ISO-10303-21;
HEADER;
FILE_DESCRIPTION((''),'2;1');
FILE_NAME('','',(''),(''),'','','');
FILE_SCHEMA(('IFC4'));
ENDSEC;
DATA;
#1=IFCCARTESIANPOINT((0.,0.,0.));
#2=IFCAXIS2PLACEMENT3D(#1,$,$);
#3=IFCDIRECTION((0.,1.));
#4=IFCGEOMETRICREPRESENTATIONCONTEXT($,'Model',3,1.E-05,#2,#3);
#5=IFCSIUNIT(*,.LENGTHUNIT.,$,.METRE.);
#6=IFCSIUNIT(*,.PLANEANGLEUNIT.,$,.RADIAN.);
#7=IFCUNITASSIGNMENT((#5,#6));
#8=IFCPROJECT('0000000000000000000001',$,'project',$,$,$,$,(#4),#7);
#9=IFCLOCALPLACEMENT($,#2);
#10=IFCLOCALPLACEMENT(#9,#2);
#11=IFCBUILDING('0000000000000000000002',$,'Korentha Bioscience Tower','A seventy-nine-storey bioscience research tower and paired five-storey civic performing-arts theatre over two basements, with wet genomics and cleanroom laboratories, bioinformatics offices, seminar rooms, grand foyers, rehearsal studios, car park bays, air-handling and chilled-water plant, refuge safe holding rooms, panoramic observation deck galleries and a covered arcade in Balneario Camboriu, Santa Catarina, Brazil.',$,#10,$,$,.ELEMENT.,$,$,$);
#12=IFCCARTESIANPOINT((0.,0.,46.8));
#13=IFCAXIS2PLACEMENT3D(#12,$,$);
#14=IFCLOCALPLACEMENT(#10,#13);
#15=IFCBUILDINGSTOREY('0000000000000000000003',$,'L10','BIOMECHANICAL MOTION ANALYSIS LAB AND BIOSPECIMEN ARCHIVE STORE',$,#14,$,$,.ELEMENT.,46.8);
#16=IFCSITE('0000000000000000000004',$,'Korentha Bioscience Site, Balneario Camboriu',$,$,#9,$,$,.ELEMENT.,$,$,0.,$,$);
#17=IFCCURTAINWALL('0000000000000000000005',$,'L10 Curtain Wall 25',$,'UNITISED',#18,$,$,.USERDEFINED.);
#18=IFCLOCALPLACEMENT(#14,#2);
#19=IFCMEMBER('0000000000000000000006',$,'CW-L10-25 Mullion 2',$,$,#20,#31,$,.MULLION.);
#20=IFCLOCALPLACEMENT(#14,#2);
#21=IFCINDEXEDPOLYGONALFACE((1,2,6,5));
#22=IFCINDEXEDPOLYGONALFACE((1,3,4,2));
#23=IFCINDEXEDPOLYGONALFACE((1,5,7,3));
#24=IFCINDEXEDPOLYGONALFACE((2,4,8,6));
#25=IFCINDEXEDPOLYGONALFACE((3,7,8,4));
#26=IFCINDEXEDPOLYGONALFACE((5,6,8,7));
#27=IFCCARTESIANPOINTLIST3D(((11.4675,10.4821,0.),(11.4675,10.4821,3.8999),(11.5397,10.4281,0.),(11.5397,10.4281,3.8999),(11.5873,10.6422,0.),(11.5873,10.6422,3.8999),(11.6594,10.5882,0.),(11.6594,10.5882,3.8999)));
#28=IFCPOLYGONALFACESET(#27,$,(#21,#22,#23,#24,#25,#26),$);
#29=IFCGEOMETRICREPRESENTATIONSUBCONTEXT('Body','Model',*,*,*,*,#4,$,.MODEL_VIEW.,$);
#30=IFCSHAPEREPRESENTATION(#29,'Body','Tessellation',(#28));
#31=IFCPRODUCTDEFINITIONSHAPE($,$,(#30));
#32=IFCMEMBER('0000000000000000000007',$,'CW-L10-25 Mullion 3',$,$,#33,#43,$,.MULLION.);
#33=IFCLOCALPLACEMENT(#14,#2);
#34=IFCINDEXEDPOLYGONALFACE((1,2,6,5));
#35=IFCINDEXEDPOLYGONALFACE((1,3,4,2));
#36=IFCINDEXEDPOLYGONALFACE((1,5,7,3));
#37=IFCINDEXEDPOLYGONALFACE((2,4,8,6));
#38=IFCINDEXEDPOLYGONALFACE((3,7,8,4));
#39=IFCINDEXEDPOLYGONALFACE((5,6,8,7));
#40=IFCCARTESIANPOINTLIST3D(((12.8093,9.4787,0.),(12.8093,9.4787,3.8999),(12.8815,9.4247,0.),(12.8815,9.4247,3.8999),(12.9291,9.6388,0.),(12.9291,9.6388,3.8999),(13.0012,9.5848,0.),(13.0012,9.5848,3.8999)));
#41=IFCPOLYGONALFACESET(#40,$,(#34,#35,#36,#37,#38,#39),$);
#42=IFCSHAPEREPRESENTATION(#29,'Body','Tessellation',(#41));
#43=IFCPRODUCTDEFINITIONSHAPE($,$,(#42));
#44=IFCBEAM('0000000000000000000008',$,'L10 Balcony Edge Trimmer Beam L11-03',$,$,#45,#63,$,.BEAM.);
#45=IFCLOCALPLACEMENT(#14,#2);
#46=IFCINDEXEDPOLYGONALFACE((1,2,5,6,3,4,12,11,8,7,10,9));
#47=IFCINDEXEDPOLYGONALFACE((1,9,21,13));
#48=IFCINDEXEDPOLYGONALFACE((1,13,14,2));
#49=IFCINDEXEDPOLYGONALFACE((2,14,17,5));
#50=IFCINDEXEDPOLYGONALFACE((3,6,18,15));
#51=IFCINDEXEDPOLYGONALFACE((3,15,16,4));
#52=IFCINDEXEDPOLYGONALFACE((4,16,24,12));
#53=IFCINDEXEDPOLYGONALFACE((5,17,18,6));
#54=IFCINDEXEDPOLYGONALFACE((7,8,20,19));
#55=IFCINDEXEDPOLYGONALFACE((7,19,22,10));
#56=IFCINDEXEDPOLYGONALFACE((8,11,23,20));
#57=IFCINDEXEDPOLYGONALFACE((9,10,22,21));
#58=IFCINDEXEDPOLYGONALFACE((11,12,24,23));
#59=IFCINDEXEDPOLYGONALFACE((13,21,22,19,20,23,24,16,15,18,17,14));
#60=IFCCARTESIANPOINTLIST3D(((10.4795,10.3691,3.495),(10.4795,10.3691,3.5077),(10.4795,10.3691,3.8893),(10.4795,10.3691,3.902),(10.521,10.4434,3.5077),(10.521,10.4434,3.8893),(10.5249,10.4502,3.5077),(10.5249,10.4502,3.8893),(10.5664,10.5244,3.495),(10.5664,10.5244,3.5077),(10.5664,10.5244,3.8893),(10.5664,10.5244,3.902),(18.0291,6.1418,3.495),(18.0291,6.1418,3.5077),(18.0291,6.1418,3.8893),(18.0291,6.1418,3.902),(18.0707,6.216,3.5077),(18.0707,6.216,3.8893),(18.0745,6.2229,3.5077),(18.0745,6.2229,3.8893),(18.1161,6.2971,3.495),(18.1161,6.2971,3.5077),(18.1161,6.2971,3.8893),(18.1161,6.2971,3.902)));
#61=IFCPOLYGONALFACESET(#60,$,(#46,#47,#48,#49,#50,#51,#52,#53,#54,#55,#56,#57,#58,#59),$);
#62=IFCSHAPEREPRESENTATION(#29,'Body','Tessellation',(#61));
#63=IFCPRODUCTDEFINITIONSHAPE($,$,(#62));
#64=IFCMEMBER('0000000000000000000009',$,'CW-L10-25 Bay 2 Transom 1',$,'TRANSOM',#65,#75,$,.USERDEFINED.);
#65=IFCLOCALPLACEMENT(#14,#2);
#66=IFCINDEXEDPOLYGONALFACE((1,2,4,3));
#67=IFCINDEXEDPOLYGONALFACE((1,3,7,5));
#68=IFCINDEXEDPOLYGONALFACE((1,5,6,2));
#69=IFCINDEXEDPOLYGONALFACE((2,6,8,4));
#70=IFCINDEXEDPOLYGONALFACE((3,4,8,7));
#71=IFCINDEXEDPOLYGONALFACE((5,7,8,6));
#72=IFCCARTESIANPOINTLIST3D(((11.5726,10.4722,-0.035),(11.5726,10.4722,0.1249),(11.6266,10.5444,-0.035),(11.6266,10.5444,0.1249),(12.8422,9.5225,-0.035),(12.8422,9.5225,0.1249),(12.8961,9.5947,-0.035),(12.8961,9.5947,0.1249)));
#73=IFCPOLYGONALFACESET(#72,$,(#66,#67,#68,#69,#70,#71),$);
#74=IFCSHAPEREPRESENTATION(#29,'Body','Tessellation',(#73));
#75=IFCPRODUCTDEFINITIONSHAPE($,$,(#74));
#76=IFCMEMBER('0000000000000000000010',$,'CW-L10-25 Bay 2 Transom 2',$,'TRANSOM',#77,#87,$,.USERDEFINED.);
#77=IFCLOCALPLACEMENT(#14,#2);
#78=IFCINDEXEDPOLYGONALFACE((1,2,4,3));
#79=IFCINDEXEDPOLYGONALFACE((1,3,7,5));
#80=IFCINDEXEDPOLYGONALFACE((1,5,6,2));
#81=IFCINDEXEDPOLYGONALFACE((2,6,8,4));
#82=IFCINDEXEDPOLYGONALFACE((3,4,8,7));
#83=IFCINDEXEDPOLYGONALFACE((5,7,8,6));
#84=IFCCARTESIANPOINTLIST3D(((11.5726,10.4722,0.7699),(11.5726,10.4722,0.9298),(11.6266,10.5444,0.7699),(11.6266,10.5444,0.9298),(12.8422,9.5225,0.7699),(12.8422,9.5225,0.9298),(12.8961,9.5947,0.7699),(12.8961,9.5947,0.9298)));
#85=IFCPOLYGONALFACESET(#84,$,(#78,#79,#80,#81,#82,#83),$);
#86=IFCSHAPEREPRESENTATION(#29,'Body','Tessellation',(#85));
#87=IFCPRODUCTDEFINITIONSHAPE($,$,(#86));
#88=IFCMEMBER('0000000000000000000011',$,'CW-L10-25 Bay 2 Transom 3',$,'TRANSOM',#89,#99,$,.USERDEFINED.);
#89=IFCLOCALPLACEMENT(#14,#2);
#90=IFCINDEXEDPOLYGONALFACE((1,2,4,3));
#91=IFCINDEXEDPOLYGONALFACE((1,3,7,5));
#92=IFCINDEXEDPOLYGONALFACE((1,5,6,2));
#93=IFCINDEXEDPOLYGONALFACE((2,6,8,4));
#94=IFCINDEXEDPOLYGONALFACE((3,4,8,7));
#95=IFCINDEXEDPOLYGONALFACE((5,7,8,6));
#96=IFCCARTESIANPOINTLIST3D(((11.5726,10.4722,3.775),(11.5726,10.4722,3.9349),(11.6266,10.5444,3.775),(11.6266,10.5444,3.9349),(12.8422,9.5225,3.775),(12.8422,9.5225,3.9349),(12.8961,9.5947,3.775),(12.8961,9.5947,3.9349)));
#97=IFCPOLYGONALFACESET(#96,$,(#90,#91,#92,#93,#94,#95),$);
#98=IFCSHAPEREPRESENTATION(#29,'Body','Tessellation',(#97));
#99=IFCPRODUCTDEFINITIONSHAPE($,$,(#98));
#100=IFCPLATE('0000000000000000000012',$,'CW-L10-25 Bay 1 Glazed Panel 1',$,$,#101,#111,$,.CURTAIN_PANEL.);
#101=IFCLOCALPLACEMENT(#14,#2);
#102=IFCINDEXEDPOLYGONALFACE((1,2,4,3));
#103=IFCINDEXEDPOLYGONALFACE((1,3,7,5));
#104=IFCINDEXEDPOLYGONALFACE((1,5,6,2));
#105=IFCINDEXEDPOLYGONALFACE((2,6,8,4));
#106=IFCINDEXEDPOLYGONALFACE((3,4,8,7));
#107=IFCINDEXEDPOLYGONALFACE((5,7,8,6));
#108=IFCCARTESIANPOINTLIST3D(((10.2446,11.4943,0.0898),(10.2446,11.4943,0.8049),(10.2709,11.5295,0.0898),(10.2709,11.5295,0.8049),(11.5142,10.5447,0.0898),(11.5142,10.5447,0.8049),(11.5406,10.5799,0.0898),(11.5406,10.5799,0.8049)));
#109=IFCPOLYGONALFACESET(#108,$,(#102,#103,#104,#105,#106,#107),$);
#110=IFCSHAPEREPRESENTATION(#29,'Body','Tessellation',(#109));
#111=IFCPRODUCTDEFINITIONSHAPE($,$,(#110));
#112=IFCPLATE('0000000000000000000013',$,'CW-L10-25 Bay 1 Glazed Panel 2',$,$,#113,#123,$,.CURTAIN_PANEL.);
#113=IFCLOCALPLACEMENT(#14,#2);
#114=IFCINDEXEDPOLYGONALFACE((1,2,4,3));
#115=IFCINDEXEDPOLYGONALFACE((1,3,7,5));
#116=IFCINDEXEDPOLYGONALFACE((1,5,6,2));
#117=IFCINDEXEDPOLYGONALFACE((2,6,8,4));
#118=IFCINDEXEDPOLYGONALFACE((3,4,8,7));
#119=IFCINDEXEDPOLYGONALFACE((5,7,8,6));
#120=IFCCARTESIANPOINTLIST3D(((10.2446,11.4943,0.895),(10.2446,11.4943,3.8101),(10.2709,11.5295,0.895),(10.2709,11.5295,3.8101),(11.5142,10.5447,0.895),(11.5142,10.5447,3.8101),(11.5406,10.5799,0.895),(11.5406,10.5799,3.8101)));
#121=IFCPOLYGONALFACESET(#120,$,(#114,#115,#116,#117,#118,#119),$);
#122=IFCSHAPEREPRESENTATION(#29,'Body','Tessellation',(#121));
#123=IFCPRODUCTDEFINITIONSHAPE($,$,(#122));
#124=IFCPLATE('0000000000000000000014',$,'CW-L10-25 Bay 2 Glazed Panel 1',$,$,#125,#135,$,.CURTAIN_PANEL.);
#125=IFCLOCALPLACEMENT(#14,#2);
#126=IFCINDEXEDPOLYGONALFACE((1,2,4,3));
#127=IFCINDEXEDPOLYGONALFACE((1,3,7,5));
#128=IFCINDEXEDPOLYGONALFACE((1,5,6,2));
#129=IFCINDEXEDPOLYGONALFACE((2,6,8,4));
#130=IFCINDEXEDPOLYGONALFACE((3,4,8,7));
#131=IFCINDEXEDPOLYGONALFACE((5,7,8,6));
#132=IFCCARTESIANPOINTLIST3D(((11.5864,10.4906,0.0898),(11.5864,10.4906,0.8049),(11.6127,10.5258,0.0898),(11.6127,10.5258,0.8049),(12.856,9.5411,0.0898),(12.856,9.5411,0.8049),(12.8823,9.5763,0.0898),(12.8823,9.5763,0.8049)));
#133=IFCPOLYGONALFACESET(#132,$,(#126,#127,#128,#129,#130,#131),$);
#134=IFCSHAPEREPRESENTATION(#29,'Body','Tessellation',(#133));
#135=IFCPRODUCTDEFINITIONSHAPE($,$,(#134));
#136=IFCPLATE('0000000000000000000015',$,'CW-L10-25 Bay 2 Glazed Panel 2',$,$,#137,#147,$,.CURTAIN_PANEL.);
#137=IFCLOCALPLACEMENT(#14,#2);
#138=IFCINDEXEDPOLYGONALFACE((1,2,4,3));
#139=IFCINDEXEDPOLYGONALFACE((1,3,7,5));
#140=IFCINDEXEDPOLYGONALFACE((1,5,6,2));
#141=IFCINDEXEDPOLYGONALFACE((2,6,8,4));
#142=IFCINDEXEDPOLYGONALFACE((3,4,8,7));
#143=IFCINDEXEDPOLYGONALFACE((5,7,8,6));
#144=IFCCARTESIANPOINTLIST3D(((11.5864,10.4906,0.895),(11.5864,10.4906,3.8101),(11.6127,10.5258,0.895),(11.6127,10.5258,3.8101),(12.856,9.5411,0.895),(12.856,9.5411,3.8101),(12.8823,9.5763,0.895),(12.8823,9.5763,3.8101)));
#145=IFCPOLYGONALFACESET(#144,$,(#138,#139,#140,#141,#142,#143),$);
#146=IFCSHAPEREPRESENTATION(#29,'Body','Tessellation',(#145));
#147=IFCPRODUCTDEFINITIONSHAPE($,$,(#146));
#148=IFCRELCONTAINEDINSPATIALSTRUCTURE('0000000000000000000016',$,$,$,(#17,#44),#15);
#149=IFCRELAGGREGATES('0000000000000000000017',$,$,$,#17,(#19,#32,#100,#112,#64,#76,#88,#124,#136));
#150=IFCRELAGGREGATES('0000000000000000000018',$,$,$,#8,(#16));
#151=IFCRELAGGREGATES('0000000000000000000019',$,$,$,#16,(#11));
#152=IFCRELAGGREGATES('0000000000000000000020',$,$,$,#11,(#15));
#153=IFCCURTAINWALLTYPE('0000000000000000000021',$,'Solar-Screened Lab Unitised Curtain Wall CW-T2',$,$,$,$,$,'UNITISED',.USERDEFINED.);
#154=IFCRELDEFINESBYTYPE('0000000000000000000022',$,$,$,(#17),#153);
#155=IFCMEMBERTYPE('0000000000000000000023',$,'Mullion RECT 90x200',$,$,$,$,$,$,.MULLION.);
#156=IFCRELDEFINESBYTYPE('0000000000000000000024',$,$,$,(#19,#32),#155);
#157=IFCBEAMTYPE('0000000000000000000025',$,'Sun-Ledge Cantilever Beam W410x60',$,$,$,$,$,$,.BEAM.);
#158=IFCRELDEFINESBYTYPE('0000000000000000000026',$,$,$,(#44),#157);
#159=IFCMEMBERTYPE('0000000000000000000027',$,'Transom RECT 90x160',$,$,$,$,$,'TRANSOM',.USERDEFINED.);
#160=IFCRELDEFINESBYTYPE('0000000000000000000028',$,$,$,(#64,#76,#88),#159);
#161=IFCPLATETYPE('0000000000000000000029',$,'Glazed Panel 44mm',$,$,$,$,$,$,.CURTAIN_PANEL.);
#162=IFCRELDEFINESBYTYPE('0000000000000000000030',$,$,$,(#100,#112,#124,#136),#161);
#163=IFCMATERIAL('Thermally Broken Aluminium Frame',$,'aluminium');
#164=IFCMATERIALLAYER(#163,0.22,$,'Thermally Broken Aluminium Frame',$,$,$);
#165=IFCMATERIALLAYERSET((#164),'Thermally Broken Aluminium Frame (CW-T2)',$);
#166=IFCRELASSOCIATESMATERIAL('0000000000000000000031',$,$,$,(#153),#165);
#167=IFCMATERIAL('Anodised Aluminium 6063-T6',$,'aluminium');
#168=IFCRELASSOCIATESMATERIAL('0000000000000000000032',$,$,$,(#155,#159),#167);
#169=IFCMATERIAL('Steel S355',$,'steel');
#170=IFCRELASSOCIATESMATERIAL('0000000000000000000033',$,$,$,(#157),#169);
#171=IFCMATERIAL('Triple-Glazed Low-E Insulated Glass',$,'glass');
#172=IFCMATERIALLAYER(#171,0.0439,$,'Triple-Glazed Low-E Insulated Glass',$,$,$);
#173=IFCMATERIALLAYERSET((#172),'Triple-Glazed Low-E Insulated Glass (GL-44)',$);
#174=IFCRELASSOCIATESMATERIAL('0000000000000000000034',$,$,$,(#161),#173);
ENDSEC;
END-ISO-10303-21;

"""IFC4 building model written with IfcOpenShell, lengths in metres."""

from ifc_helpers import new_model, si_unit, direction, frame, origin, origin_2d, place, context, subcontext, project, spatial, rectangle, i_section, extrude, material, layer, layer_set, material_profile, profile_set, type_object, element, aggregate, save


model = new_model("IFC4")

# Units and contexts
model_context = context("Model", 3, precision=1e-05, world=origin(), true_north=direction((0.0, 1.0)))
body_context = subcontext(model_context, "Body", "Model", "MODEL_VIEW")
ifc_project = project(units=[si_unit("LENGTHUNIT", "METRE"), si_unit("PLANEANGLEUNIT", "RADIAN")], contexts=[model_context])

# Site, building, storey
site_placement = place(None, origin())
site = spatial("IfcSite", under=ifc_project, at=site_placement, Name="Korentha Bioscience Site, Balneario Camboriu", CompositionType="ELEMENT", RefElevation=0.0)
building_placement = place(site_placement, origin())
building = spatial("IfcBuilding", under=site, at=building_placement, Name="Korentha Bioscience Tower", Description="A seventy-nine-storey bioscience research tower and paired five-storey civic performing-arts theatre over two basements, with wet genomics and cleanroom laboratories, bioinformatics offices, seminar rooms, grand foyers, rehearsal studios, car park bays, air-handling and chilled-water plant, refuge safe holding rooms, panoramic observation deck galleries and a covered arcade in Balneario Camboriu, Santa Catarina, Brazil.", CompositionType="ELEMENT")
storey_placement = place(building_placement, frame((0.0, 0.0, 46.8)))
storey = spatial("IfcBuildingStorey", under=building, at=storey_placement, Name="L10", Description="BIOMECHANICAL MOTION ANALYSIS LAB AND BIOSPECIMEN ARCHIVE STORE", CompositionType="ELEMENT", Elevation=46.8)

# Curtain wall, members
ifc_material_1 = material(Name="Thermally Broken Aluminium Frame", Category="aluminium")
ifc_layer_1 = layer(ifc_material_1, 0.22, Name="Thermally Broken Aluminium Frame")
ifc_layer_set_1 = layer_set([ifc_layer_1], Name="Thermally Broken Aluminium Frame (CW-T2)")
curtain_wall_type = type_object("IfcCurtainWallType", Name="Solar-Screened Lab Unitised Curtain Wall CW-T2", ElementType="UNITISED", PredefinedType="USERDEFINED", material=ifc_layer_set_1)
curtain_wall_placement = place(storey_placement, origin())
curtain_wall = element("IfcCurtainWall", 1, at=curtain_wall_placement, inside=storey, type_object=curtain_wall_type, Name="L10 Curtain Wall 25", ObjectType="UNITISED", PredefinedType="USERDEFINED")
ifc_material_2 = material(Name="Anodised Aluminium 6063-T6", Category="aluminium")
ifc_material_profile_1 = material_profile(ifc_material_2, rectangle(XDim=0.0901, YDim=0.2, at=origin_2d()), Name="Anodised Aluminium 6063-T6")
ifc_profile_set_1 = profile_set([ifc_material_profile_1], Name="Anodised Aluminium 6063-T6 (CW-MUL)")
member_type_1 = type_object("IfcMemberType", Name="Mullion RECT 90x200", PredefinedType="MULLION", material=ifc_profile_set_1)
member_1_placement = place(storey_placement, frame((11.5635, 10.5352, 0.0), z_axis=(0.0, 0.0, 1.0), x_axis=(0.800798, -0.598935, 0.0)))
member_1 = element("IfcMember", 2, at=member_1_placement, type_object=member_type_1, Name="CW-L10-25 Mullion 2", PredefinedType="MULLION", context=body_context, shape_type="SweptSolid", body=[
    extrude(rectangle(XDim=0.0901, YDim=0.2, at=origin_2d()), origin(), (0.0, 0.0, 1.0), 3.8999),
])
member_2_placement = place(storey_placement, frame((12.9053, 9.5317, 0.0), z_axis=(0.0, 0.0, 1.0), x_axis=(0.800798, -0.598935, 0.0)))
member_2 = element("IfcMember", 3, at=member_2_placement, type_object=member_type_1, Name="CW-L10-25 Mullion 3", PredefinedType="MULLION", context=body_context, shape_type="SweptSolid", body=[
    extrude(rectangle(XDim=0.0901, YDim=0.2, at=origin_2d()), origin(), (0.0, 0.0, 1.0), 3.8999),
])

# Beam
ifc_material_3 = material(Name="Steel S355", Category="steel")
ifc_material_profile_2 = material_profile(ifc_material_3, i_section(OverallWidth=0.178, OverallDepth=0.407, WebThickness=0.0078, FlangeThickness=0.0127, at=origin_2d()), Name="Steel S355")
ifc_profile_set_2 = profile_set([ifc_material_profile_2], Name="Steel S355 (CB-410)")
beam_type = type_object("IfcBeamType", Name="Sun-Ledge Cantilever Beam W410x60", PredefinedType="BEAM", material=ifc_profile_set_2)
beam_placement = place(storey_placement, frame((10.5229, 10.4468, 3.6985), z_axis=(0.872529, -0.488563, 0.0), x_axis=(0.488563, 0.872529, 0.0)))
element("IfcBeam", 4, at=beam_placement, inside=storey, type_object=beam_type, Name="L10 Balcony Edge Trimmer Beam L11-03", PredefinedType="BEAM", context=body_context, shape_type="SweptSolid", body=[
    extrude(i_section(OverallWidth=0.178, OverallDepth=0.407, WebThickness=0.0078, FlangeThickness=0.0127, at=origin_2d()), origin(), (0.0, 0.0, 1.0), 8.6526),
])

# Members
ifc_material_profile_3 = material_profile(ifc_material_2, rectangle(XDim=0.0901, YDim=0.1599, at=origin_2d()), Name="Anodised Aluminium 6063-T6")
ifc_profile_set_3 = profile_set([ifc_material_profile_3], Name="Anodised Aluminium 6063-T6 (CW-TRN)")
member_type_2 = type_object("IfcMemberType", Name="Transom RECT 90x160", ElementType="TRANSOM", PredefinedType="USERDEFINED", material=ifc_profile_set_3)
member_3_placement = place(storey_placement, frame((11.5996, 10.5083, 0.0449), z_axis=(0.800739, -0.599014, 0.0), x_axis=(0.599014, 0.800739, 0.0)))
member_3 = element("IfcMember", 5, at=member_3_placement, type_object=member_type_2, Name="CW-L10-25 Bay 2 Transom 1", ObjectType="TRANSOM", PredefinedType="USERDEFINED", context=body_context, shape_type="SweptSolid", body=[
    extrude(rectangle(XDim=0.0901, YDim=0.1599, at=origin_2d()), origin(), (0.0, 0.0, 1.0), 1.5854),
])
member_4_placement = place(storey_placement, frame((11.5996, 10.5083, 0.8499), z_axis=(0.800739, -0.599014, 0.0), x_axis=(0.599014, 0.800739, 0.0)))
member_4 = element("IfcMember", 6, at=member_4_placement, type_object=member_type_2, Name="CW-L10-25 Bay 2 Transom 2", ObjectType="TRANSOM", PredefinedType="USERDEFINED", context=body_context, shape_type="SweptSolid", body=[
    extrude(rectangle(XDim=0.0901, YDim=0.1599, at=origin_2d()), origin(), (0.0, 0.0, 1.0), 1.5854),
])
member_5_placement = place(storey_placement, frame((11.5996, 10.5083, 3.855), z_axis=(0.800739, -0.599014, 0.0), x_axis=(0.599014, 0.800739, 0.0)))
member_5 = element("IfcMember", 7, at=member_5_placement, type_object=member_type_2, Name="CW-L10-25 Bay 2 Transom 3", ObjectType="TRANSOM", PredefinedType="USERDEFINED", context=body_context, shape_type="SweptSolid", body=[
    extrude(rectangle(XDim=0.0901, YDim=0.1599, at=origin_2d()), origin(), (0.0, 0.0, 1.0), 1.5854),
])

# Plates
ifc_material_4 = material(Name="Triple-Glazed Low-E Insulated Glass", Category="glass")
ifc_layer_2 = layer(ifc_material_4, 0.0439, Name="Triple-Glazed Low-E Insulated Glass")
ifc_layer_set_2 = layer_set([ifc_layer_2], Name="Triple-Glazed Low-E Insulated Glass (GL-44)")
plate_type = type_object("IfcPlateType", Name="Glazed Panel 44mm", PredefinedType="CURTAIN_PANEL", material=ifc_layer_set_2)
plate_1_placement = place(storey_placement, frame((10.8926, 11.0371, 0.0898), z_axis=(0.0, 0.0, 1.0), x_axis=(0.800798, -0.598935, 0.0)))
plate_1 = element("IfcPlate", 8, at=plate_1_placement, type_object=plate_type, Name="CW-L10-25 Bay 1 Glazed Panel 1", PredefinedType="CURTAIN_PANEL", context=body_context, shape_type="SweptSolid", body=[
    extrude(rectangle(XDim=1.5854, YDim=0.0439, at=origin_2d()), origin(), (0.0, 0.0, 1.0), 0.7151),
])
plate_2_placement = place(storey_placement, frame((10.8926, 11.0371, 0.895), z_axis=(0.0, 0.0, 1.0), x_axis=(0.800798, -0.598935, 0.0)))
plate_2 = element("IfcPlate", 9, at=plate_2_placement, type_object=plate_type, Name="CW-L10-25 Bay 1 Glazed Panel 2", PredefinedType="CURTAIN_PANEL", context=body_context, shape_type="SweptSolid", body=[
    extrude(rectangle(XDim=1.5854, YDim=0.0439, at=origin_2d()), origin(), (0.0, 0.0, 1.0), 2.915),
])
plate_3_placement = place(storey_placement, frame((12.2344, 10.0334, 0.0898), z_axis=(0.0, 0.0, 1.0), x_axis=(0.800798, -0.598935, 0.0)))
plate_3 = element("IfcPlate", 10, at=plate_3_placement, type_object=plate_type, Name="CW-L10-25 Bay 2 Glazed Panel 1", PredefinedType="CURTAIN_PANEL", context=body_context, shape_type="SweptSolid", body=[
    extrude(rectangle(XDim=1.5854, YDim=0.0439, at=origin_2d()), origin(), (0.0, 0.0, 1.0), 0.7151),
])
plate_4_placement = place(storey_placement, frame((12.2344, 10.0334, 0.895), z_axis=(0.0, 0.0, 1.0), x_axis=(0.800798, -0.598935, 0.0)))
plate_4 = element("IfcPlate", 11, at=plate_4_placement, type_object=plate_type, Name="CW-L10-25 Bay 2 Glazed Panel 2", PredefinedType="CURTAIN_PANEL", context=body_context, shape_type="SweptSolid", body=[
    extrude(rectangle(XDim=1.5854, YDim=0.0439, at=origin_2d()), origin(), (0.0, 0.0, 1.0), 2.915),
])
aggregate(curtain_wall, [member_1, member_2, plate_1, plate_2, member_3, member_4, member_5, plate_3, plate_4])

save(model, "model.ifc")
